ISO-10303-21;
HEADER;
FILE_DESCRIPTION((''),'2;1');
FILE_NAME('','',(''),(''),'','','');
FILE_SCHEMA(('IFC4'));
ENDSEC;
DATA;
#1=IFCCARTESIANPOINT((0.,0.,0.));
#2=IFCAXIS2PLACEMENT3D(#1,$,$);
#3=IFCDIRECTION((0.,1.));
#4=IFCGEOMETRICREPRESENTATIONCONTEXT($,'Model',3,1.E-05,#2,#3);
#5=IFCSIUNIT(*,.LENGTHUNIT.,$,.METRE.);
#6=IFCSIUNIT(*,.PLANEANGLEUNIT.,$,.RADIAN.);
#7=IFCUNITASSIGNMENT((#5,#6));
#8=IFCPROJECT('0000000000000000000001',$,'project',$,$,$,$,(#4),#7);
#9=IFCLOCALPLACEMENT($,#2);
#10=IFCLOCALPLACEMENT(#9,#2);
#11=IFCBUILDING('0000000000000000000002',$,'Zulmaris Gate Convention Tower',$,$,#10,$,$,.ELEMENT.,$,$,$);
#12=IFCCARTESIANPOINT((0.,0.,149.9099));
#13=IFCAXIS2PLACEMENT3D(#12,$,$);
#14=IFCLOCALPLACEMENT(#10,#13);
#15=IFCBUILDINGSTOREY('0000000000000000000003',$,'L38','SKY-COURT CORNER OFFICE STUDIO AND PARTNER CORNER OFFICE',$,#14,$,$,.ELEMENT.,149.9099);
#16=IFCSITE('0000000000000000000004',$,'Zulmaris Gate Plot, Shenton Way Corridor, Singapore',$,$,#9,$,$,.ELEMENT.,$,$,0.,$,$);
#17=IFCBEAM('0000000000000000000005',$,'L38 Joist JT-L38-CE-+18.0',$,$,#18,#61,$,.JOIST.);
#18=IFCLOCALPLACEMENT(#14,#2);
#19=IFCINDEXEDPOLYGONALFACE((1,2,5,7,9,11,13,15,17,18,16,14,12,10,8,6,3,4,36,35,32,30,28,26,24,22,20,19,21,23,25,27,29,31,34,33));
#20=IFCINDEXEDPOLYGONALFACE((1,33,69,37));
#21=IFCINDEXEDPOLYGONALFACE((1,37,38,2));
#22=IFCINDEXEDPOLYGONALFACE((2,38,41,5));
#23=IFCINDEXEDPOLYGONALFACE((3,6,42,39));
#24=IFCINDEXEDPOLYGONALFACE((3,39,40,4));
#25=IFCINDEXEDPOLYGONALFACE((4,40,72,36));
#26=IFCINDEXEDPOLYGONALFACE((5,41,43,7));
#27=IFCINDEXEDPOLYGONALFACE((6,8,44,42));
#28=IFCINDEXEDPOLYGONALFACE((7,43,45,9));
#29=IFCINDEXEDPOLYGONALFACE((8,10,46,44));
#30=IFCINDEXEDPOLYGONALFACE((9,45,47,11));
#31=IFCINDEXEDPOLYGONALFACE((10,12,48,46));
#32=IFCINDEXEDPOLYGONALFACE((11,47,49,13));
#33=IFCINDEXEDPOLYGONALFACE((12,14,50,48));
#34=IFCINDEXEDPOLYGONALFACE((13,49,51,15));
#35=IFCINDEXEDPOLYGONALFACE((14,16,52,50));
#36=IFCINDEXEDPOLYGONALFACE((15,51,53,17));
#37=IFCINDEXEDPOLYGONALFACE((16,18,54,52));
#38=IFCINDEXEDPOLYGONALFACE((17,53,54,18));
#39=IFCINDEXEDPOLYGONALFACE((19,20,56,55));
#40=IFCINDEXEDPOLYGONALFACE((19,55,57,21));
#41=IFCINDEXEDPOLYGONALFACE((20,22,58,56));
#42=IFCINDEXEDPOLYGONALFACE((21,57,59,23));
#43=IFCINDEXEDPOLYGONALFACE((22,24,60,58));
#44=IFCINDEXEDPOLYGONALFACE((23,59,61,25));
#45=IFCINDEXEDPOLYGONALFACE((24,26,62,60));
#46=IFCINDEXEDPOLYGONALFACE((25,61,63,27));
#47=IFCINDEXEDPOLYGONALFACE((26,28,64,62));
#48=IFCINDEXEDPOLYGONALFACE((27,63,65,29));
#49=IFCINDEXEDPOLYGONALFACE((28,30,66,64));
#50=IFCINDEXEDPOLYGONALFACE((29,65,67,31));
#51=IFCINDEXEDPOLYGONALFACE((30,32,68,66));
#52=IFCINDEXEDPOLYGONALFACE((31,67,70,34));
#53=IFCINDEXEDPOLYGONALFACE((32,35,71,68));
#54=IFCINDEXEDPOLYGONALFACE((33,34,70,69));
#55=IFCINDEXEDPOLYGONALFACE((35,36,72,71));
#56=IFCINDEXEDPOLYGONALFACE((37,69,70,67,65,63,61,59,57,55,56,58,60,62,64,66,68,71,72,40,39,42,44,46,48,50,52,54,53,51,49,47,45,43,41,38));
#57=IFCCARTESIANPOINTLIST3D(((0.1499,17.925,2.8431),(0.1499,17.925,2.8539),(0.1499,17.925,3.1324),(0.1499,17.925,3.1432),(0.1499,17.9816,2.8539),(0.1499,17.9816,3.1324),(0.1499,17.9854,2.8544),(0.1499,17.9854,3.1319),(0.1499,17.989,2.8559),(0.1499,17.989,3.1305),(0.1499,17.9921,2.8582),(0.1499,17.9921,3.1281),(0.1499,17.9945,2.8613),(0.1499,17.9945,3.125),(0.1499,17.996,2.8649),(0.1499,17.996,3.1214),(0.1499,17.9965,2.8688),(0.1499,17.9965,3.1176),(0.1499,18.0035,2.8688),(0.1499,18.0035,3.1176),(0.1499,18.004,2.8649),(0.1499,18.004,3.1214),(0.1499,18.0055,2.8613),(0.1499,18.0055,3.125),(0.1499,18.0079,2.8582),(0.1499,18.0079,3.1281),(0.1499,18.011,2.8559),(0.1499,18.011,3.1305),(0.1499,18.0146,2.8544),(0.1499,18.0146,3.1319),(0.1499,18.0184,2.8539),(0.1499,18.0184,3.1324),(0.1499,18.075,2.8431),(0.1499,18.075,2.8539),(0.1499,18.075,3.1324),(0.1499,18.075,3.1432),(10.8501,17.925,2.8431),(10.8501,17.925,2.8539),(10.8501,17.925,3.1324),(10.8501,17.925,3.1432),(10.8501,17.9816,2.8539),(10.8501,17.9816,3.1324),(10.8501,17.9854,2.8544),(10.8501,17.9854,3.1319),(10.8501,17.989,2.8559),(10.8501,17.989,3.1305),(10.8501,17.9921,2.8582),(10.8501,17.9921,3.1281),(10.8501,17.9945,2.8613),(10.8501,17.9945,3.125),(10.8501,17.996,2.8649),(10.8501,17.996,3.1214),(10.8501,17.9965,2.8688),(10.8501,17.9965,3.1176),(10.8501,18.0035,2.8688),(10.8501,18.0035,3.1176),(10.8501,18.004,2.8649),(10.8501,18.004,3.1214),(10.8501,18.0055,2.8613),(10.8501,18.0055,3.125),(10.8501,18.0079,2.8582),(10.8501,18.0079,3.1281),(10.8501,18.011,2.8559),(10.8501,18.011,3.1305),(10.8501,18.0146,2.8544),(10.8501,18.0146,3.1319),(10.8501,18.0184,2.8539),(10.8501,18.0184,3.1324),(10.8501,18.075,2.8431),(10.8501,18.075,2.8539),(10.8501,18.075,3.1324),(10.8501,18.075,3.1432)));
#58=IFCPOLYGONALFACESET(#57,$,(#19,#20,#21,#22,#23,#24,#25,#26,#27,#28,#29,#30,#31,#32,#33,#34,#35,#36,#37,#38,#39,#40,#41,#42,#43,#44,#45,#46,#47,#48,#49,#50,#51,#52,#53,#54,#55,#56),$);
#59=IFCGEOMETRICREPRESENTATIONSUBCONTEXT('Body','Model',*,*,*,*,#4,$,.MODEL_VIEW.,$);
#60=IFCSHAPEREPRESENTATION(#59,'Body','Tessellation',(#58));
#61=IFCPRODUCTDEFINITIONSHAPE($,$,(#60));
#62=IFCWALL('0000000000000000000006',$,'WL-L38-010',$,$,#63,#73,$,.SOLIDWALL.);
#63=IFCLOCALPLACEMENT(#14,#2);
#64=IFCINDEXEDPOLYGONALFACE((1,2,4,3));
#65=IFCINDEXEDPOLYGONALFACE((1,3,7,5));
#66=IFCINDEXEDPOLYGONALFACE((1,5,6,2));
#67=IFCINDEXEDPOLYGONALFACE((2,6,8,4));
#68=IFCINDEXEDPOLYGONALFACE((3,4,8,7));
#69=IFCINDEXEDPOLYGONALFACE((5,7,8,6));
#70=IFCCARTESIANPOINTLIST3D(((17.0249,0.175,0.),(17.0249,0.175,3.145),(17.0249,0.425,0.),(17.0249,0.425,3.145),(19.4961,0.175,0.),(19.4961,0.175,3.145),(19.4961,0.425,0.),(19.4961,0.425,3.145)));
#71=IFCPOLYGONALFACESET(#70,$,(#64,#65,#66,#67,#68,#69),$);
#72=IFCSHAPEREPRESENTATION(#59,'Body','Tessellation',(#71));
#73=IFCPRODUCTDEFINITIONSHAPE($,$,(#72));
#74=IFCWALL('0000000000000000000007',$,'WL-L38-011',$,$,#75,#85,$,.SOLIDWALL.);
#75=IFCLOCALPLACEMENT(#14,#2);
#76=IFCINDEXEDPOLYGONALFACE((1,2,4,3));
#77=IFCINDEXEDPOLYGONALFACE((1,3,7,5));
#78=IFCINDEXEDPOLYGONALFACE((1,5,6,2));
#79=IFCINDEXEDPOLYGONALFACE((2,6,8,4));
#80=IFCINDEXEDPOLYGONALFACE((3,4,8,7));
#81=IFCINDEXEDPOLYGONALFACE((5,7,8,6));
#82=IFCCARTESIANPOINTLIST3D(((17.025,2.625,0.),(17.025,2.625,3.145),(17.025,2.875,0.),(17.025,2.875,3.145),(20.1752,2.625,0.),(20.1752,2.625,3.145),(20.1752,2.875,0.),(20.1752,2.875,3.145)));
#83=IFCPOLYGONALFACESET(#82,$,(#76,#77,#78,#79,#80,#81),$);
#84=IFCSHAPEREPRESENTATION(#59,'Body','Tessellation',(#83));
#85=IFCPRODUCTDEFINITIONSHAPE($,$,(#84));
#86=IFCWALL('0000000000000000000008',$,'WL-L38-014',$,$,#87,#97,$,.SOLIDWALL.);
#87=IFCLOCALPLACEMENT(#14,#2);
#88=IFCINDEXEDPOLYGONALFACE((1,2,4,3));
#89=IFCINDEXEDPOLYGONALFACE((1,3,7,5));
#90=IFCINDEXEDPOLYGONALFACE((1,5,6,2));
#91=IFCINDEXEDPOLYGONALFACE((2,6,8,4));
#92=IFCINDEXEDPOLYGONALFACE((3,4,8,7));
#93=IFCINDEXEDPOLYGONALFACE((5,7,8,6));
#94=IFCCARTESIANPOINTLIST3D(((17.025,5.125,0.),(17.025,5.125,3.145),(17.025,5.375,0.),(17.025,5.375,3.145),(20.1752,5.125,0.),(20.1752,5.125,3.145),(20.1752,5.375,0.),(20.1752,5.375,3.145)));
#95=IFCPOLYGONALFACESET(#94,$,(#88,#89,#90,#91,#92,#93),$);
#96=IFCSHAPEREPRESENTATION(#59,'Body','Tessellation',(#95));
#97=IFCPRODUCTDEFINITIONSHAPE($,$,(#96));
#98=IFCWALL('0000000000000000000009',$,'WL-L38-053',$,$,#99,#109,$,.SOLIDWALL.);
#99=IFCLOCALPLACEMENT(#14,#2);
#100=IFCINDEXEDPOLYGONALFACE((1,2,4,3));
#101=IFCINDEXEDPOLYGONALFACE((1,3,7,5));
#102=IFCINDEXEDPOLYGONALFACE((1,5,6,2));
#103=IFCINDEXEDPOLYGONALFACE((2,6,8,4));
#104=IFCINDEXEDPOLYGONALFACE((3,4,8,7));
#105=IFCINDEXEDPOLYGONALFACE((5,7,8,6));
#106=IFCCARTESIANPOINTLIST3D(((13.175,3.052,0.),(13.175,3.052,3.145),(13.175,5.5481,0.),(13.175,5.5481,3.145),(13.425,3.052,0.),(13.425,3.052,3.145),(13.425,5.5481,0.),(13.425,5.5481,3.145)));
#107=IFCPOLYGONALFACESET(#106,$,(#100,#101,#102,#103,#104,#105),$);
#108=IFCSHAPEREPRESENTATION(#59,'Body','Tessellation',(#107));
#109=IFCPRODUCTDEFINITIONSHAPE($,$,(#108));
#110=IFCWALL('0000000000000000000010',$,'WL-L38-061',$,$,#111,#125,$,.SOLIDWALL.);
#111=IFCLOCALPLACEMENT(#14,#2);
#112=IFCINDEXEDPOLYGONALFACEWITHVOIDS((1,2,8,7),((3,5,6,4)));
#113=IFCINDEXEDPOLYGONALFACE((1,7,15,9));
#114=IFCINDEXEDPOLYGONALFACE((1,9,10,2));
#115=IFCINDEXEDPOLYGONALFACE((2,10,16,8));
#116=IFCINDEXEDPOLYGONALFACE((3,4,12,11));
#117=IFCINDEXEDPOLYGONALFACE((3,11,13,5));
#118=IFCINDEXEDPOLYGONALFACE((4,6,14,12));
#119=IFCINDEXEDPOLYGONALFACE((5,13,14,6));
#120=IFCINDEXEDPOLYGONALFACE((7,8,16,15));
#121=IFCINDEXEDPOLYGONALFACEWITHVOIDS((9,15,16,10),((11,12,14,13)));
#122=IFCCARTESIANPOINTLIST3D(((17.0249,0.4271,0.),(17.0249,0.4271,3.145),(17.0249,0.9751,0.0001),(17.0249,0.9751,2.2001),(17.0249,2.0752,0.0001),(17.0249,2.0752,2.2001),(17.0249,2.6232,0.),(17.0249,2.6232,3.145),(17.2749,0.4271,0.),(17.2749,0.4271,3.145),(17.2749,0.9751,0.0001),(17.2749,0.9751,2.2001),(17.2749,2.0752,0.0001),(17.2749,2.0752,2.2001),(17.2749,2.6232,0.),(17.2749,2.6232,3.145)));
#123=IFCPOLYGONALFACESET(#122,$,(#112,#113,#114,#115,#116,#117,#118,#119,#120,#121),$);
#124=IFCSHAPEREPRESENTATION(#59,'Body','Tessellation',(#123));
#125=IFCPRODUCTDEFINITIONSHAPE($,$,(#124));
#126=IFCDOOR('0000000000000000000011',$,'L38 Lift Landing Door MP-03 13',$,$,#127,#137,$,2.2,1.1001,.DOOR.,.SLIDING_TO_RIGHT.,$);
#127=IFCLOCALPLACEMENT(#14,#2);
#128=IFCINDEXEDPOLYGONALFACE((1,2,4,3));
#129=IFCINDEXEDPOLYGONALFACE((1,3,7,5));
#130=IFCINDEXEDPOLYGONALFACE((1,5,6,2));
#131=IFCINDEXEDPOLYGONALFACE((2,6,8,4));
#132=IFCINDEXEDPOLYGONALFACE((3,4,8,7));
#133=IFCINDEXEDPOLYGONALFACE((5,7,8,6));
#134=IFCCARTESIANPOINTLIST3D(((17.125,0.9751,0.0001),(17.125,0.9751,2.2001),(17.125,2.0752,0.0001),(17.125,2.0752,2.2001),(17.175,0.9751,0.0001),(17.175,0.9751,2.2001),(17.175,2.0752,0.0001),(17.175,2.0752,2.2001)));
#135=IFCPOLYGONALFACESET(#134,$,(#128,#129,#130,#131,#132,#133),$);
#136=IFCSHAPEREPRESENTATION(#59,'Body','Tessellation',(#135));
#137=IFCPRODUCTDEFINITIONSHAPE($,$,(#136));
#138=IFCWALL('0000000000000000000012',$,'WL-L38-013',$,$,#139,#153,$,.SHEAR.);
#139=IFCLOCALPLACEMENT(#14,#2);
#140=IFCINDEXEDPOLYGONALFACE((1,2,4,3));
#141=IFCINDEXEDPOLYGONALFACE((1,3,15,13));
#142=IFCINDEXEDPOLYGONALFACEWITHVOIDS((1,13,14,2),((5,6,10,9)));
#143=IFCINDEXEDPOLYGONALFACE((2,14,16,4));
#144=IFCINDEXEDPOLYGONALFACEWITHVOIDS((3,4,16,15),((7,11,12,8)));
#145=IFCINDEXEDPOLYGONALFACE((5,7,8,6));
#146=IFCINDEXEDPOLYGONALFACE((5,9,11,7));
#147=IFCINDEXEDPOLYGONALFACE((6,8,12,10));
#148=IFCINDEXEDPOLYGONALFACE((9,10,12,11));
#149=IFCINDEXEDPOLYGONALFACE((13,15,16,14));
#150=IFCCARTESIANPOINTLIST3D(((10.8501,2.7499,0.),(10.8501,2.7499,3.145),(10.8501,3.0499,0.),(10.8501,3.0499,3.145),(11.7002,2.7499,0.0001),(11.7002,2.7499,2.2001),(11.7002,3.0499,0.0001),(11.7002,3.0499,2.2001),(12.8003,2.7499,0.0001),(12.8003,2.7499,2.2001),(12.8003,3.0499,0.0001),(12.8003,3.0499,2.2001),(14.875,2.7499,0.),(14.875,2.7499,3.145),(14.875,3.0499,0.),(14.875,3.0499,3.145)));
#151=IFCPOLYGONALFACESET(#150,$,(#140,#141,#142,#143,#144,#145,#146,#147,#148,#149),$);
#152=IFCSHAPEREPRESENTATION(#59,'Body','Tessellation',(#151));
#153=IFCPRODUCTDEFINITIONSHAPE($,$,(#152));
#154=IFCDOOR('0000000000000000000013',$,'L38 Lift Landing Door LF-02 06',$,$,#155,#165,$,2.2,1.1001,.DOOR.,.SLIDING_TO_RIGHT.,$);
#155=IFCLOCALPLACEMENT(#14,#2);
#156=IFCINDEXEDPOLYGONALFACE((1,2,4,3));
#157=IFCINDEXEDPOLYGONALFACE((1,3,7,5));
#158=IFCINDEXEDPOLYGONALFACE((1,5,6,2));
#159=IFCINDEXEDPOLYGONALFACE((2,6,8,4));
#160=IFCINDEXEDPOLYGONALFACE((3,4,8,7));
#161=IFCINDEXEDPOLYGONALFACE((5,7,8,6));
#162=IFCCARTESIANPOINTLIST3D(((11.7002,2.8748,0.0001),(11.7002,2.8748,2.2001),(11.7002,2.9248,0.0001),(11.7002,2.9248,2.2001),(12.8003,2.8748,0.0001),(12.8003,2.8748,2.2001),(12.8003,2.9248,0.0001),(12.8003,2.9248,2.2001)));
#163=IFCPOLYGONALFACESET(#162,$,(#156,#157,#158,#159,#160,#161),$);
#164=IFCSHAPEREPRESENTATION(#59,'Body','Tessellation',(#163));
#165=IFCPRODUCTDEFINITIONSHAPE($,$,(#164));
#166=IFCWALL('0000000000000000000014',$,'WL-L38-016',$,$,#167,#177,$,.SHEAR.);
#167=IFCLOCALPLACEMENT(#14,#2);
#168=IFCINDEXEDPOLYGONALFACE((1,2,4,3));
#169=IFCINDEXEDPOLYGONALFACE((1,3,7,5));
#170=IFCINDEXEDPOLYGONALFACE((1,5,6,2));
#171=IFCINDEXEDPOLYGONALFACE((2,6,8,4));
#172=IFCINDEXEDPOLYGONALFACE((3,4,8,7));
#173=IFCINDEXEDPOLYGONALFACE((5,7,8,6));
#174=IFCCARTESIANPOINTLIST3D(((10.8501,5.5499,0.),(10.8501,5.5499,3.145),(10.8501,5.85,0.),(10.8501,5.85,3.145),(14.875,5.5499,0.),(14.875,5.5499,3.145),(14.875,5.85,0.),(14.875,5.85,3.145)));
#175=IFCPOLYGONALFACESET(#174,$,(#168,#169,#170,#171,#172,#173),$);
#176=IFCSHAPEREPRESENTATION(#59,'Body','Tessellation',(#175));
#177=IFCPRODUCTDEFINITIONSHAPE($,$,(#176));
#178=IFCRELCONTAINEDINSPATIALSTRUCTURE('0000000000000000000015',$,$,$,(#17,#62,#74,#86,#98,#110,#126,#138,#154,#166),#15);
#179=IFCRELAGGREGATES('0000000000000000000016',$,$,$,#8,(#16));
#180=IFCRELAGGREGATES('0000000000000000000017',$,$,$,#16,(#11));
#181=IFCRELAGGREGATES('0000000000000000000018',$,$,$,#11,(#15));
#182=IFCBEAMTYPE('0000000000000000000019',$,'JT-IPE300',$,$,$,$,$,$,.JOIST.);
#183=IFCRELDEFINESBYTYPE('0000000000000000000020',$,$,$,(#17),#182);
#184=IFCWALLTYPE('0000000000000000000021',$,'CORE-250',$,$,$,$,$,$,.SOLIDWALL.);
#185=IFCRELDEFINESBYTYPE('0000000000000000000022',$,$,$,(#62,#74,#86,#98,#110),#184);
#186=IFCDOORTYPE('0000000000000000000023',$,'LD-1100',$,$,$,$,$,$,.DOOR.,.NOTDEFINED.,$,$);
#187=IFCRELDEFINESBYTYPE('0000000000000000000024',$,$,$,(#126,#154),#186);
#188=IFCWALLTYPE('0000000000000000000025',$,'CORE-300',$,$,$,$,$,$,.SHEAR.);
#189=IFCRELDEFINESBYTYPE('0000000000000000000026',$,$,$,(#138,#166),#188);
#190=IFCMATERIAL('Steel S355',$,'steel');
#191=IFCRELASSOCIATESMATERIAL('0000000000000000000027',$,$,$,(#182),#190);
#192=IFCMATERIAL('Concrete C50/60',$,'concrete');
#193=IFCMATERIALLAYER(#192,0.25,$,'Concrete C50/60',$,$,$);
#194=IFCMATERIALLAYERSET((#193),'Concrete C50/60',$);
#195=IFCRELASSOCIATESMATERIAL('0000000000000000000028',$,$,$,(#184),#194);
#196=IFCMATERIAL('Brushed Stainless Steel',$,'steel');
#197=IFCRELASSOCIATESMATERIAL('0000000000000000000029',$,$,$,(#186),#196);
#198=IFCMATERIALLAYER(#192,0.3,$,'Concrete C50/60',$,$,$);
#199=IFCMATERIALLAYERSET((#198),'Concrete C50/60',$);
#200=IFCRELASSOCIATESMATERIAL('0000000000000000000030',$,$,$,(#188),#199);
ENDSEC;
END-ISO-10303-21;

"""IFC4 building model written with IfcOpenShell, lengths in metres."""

from ifc_helpers import new_model, si_unit, direction, frame, frame_2d, origin, origin_2d, place, context, subcontext, project, spatial, rectangle, i_section, extrude, material, layer, layer_set, material_profile, profile_set, type_object, element, fill, save


model = new_model("IFC4")

# Units and contexts
model_context = context("Model", 3, precision=1e-05, world=origin(), true_north=direction((0.0, 1.0)))
body_context = subcontext(model_context, "Body", "Model", "MODEL_VIEW")
ifc_project = project(units=[si_unit("LENGTHUNIT", "METRE"), si_unit("PLANEANGLEUNIT", "RADIAN")], contexts=[model_context])

# Site, building, storey
site_placement = place(None, origin())
site = spatial("IfcSite", under=ifc_project, at=site_placement, Name="Zulmaris Gate Plot, Shenton Way Corridor, Singapore", CompositionType="ELEMENT", RefElevation=0.0)
building_placement = place(site_placement, origin())
building = spatial("IfcBuilding", under=site, at=building_placement, Name="Zulmaris Gate Convention Tower", CompositionType="ELEMENT")
storey_placement = place(building_placement, frame((0.0, 0.0, 149.9099)))
storey = spatial("IfcBuildingStorey", under=building, at=storey_placement, Name="L38", Description="SKY-COURT CORNER OFFICE STUDIO AND PARTNER CORNER OFFICE", CompositionType="ELEMENT", Elevation=149.9099)

# Beam
ifc_material_1 = material(Name="Steel S355", Category="steel")
ifc_material_profile_1 = material_profile(ifc_material_1, i_section(OverallWidth=0.1499, OverallDepth=0.3, WebThickness=0.0071, FlangeThickness=0.0107, FilletRadius=0.0149, at=origin_2d()), Name="IPE 300")
ifc_profile_set_1 = profile_set([ifc_material_profile_1], Name="Steel S355")
beam_type_1 = type_object("IfcBeamType", Name="JT-IPE300", PredefinedType="JOIST", material=ifc_profile_set_1)
for number, where, z_axis, x_axis, name in (
    (1, (0.1499, 18.0, 2.9932), (1.0, 0.0, 0.0), (0.0, 1.0, 0.0), "L38 Joist JT-L38-CE-+18.0"),
):
    element("IfcBeam", number, at=place(storey_placement, frame(where, z_axis=z_axis, x_axis=x_axis)), inside=storey, type_object=beam_type_1, Name=name, PredefinedType="JOIST", context=body_context, shape_type="SweptSolid", body=[
        extrude(i_section(OverallWidth=0.1499, OverallDepth=0.3, WebThickness=0.0071, FlangeThickness=0.0107, FilletRadius=0.0149, at=origin_2d()), origin(), (0.0, 0.0, 1.0), 10.7002),
    ])

# Walls
ifc_material_2 = material(Name="Concrete C50/60", Category="concrete")
ifc_layer_1 = layer(ifc_material_2, 0.25, Name="Concrete C50/60")
ifc_layer_set_1 = layer_set([ifc_layer_1], Name="Concrete C50/60")
wall_type_1 = type_object("IfcWallType", Name="CORE-250", PredefinedType="SOLIDWALL", material=ifc_layer_set_1)
wall_1_placement = place(storey_placement, frame((17.0249, 0.3, 0.0), z_axis=(0.0, 0.0, 1.0), x_axis=(1.0, 0.0, 0.0)))
element("IfcWall", 2, at=wall_1_placement, inside=storey, type_object=wall_type_1, Name="WL-L38-010", PredefinedType="SOLIDWALL", context=body_context, shape_type="SweptSolid", body=[
    extrude(rectangle(XDim=2.4712, YDim=0.25, at=frame_2d((1.2356, 0.0))), origin(), (0.0, 0.0, 1.0), 3.145),
])
for number, where, z_axis, x_axis, name in (
    (3, (17.0249, 2.75, 0.0), (0.0, 0.0, 1.0), (1.0, 0.0, 0.0), "WL-L38-011"),
    (4, (17.0249, 5.25, 0.0), (0.0, 0.0, 1.0), (1.0, 0.0, 0.0), "WL-L38-014"),
):
    element("IfcWall", number, at=place(storey_placement, frame(where, z_axis=z_axis, x_axis=x_axis)), inside=storey, type_object=wall_type_1, Name=name, PredefinedType="SOLIDWALL", context=body_context, shape_type="SweptSolid", body=[
        extrude(rectangle(XDim=3.1501, YDim=0.25, at=frame_2d((1.5752, 0.0))), origin(), (0.0, 0.0, 1.0), 3.145),
    ])
wall_2_placement = place(storey_placement, frame((13.3, 3.052, 0.0), z_axis=(0.0, 0.0, 1.0), x_axis=(0.0, 1.0, 0.0)))
element("IfcWall", 5, at=wall_2_placement, inside=storey, type_object=wall_type_1, Name="WL-L38-053", PredefinedType="SOLIDWALL", context=body_context, shape_type="SweptSolid", body=[
    extrude(rectangle(XDim=2.4961, YDim=0.25, at=frame_2d((1.248, 0.0))), origin(), (0.0, 0.0, 1.0), 3.145),
])

# Walls, openings, doors
wall_3_placement = place(storey_placement, frame((17.1499, 0.427, 0.0), z_axis=(0.0, 0.0, 1.0), x_axis=(0.0, 1.0, 0.0)))
wall_3 = element("IfcWall", 6, at=wall_3_placement, inside=storey, type_object=wall_type_1, Name="WL-L38-061", PredefinedType="SOLIDWALL", context=body_context, shape_type="SweptSolid", body=[
    extrude(rectangle(XDim=2.196, YDim=0.25, at=frame_2d((1.0981, 0.0))), origin(), (0.0, 0.0, 1.0), 3.145),
])
opening_1_placement = place(wall_3_placement, frame((0.5481, 0.0, 0.0)))
opening_1 = element("IfcOpeningElement", 7, at=opening_1_placement, cuts=wall_3, PredefinedType="OPENING", context=body_context, shape_type="SweptSolid", body=[
    extrude(rectangle(XDim=1.1001, YDim=2.2, at=frame_2d((0.55, 1.1001))), frame((0.0, 0.135, 0.0), z_axis=(0.0, -1.0, 0.0), x_axis=(1.0, 0.0, 0.0)), (0.0, 0.0, 1.0), 0.27),
])
ifc_material_3 = material(Name="Brushed Stainless Steel", Category="steel")
door_type_1 = type_object("IfcDoorType", Name="LD-1100", OperationType="NOTDEFINED", PredefinedType="DOOR", material=ifc_material_3)
door_1_placement = place(opening_1_placement, origin())
door_1 = element("IfcDoor", 8, at=door_1_placement, inside=storey, type_object=door_type_1, Name="L38 Lift Landing Door MP-03 13", OperationType="SLIDING_TO_RIGHT", OverallHeight=2.2, OverallWidth=1.1001, PredefinedType="DOOR", context=body_context, shape_type="SweptSolid", body=[
    extrude(rectangle(XDim=1.1001, YDim=2.2, at=frame_2d((0.55, 1.1001))), frame((0.0, 0.0249, 0.0), z_axis=(0.0, -1.0, 0.0), x_axis=(1.0, 0.0, 0.0)), (0.0, 0.0, 1.0), 0.05),
])
fill(opening_1, door_1)
ifc_layer_2 = layer(ifc_material_2, 0.3, Name="Concrete C50/60")
ifc_layer_set_2 = layer_set([ifc_layer_2], Name="Concrete C50/60")
wall_type_2 = type_object("IfcWallType", Name="CORE-300", PredefinedType="SHEAR", material=ifc_layer_set_2)
wall_4_placement = place(storey_placement, frame((10.8501, 2.8999, 0.0), z_axis=(0.0, 0.0, 1.0), x_axis=(1.0, 0.0, 0.0)))
wall_4 = element("IfcWall", 9, at=wall_4_placement, inside=storey, type_object=wall_type_2, Name="WL-L38-013", PredefinedType="SHEAR", context=body_context, shape_type="SweptSolid", body=[
    extrude(rectangle(XDim=4.0249, YDim=0.3, at=frame_2d((2.0125, 0.0))), origin(), (0.0, 0.0, 1.0), 3.145),
])
opening_2_placement = place(wall_4_placement, frame((0.8501, 0.0, 0.0)))
opening_2 = element("IfcOpeningElement", 10, at=opening_2_placement, cuts=wall_4, PredefinedType="OPENING", context=body_context, shape_type="SweptSolid", body=[
    extrude(rectangle(XDim=1.1001, YDim=2.2, at=frame_2d((0.55, 1.1001))), frame((0.0, 0.1602, 0.0), z_axis=(0.0, -1.0, 0.0), x_axis=(1.0, 0.0, 0.0)), (0.0, 0.0, 1.0), 0.3201),
])
door_2_placement = place(opening_2_placement, origin())
door_2 = element("IfcDoor", 11, at=door_2_placement, inside=storey, type_object=door_type_1, Name="L38 Lift Landing Door LF-02 06", OperationType="SLIDING_TO_RIGHT", OverallHeight=2.2, OverallWidth=1.1001, PredefinedType="DOOR", context=body_context, shape_type="SweptSolid", body=[
    extrude(rectangle(XDim=1.1001, YDim=2.2, at=frame_2d((0.55, 1.1001))), frame((0.0, 0.0249, 0.0), z_axis=(0.0, -1.0, 0.0), x_axis=(1.0, 0.0, 0.0)), (0.0, 0.0, 1.0), 0.05),
])
fill(opening_2, door_2)

# Wall
wall_5_placement = place(storey_placement, frame((10.8501, 5.7, 0.0), z_axis=(0.0, 0.0, 1.0), x_axis=(1.0, 0.0, 0.0)))
element("IfcWall", 12, at=wall_5_placement, inside=storey, type_object=wall_type_2, Name="WL-L38-016", PredefinedType="SHEAR", context=body_context, shape_type="SweptSolid", body=[
    extrude(rectangle(XDim=4.0249, YDim=0.3, at=frame_2d((2.0125, 0.0))), origin(), (0.0, 0.0, 1.0), 3.145),
])

save(model, "model.ifc")
